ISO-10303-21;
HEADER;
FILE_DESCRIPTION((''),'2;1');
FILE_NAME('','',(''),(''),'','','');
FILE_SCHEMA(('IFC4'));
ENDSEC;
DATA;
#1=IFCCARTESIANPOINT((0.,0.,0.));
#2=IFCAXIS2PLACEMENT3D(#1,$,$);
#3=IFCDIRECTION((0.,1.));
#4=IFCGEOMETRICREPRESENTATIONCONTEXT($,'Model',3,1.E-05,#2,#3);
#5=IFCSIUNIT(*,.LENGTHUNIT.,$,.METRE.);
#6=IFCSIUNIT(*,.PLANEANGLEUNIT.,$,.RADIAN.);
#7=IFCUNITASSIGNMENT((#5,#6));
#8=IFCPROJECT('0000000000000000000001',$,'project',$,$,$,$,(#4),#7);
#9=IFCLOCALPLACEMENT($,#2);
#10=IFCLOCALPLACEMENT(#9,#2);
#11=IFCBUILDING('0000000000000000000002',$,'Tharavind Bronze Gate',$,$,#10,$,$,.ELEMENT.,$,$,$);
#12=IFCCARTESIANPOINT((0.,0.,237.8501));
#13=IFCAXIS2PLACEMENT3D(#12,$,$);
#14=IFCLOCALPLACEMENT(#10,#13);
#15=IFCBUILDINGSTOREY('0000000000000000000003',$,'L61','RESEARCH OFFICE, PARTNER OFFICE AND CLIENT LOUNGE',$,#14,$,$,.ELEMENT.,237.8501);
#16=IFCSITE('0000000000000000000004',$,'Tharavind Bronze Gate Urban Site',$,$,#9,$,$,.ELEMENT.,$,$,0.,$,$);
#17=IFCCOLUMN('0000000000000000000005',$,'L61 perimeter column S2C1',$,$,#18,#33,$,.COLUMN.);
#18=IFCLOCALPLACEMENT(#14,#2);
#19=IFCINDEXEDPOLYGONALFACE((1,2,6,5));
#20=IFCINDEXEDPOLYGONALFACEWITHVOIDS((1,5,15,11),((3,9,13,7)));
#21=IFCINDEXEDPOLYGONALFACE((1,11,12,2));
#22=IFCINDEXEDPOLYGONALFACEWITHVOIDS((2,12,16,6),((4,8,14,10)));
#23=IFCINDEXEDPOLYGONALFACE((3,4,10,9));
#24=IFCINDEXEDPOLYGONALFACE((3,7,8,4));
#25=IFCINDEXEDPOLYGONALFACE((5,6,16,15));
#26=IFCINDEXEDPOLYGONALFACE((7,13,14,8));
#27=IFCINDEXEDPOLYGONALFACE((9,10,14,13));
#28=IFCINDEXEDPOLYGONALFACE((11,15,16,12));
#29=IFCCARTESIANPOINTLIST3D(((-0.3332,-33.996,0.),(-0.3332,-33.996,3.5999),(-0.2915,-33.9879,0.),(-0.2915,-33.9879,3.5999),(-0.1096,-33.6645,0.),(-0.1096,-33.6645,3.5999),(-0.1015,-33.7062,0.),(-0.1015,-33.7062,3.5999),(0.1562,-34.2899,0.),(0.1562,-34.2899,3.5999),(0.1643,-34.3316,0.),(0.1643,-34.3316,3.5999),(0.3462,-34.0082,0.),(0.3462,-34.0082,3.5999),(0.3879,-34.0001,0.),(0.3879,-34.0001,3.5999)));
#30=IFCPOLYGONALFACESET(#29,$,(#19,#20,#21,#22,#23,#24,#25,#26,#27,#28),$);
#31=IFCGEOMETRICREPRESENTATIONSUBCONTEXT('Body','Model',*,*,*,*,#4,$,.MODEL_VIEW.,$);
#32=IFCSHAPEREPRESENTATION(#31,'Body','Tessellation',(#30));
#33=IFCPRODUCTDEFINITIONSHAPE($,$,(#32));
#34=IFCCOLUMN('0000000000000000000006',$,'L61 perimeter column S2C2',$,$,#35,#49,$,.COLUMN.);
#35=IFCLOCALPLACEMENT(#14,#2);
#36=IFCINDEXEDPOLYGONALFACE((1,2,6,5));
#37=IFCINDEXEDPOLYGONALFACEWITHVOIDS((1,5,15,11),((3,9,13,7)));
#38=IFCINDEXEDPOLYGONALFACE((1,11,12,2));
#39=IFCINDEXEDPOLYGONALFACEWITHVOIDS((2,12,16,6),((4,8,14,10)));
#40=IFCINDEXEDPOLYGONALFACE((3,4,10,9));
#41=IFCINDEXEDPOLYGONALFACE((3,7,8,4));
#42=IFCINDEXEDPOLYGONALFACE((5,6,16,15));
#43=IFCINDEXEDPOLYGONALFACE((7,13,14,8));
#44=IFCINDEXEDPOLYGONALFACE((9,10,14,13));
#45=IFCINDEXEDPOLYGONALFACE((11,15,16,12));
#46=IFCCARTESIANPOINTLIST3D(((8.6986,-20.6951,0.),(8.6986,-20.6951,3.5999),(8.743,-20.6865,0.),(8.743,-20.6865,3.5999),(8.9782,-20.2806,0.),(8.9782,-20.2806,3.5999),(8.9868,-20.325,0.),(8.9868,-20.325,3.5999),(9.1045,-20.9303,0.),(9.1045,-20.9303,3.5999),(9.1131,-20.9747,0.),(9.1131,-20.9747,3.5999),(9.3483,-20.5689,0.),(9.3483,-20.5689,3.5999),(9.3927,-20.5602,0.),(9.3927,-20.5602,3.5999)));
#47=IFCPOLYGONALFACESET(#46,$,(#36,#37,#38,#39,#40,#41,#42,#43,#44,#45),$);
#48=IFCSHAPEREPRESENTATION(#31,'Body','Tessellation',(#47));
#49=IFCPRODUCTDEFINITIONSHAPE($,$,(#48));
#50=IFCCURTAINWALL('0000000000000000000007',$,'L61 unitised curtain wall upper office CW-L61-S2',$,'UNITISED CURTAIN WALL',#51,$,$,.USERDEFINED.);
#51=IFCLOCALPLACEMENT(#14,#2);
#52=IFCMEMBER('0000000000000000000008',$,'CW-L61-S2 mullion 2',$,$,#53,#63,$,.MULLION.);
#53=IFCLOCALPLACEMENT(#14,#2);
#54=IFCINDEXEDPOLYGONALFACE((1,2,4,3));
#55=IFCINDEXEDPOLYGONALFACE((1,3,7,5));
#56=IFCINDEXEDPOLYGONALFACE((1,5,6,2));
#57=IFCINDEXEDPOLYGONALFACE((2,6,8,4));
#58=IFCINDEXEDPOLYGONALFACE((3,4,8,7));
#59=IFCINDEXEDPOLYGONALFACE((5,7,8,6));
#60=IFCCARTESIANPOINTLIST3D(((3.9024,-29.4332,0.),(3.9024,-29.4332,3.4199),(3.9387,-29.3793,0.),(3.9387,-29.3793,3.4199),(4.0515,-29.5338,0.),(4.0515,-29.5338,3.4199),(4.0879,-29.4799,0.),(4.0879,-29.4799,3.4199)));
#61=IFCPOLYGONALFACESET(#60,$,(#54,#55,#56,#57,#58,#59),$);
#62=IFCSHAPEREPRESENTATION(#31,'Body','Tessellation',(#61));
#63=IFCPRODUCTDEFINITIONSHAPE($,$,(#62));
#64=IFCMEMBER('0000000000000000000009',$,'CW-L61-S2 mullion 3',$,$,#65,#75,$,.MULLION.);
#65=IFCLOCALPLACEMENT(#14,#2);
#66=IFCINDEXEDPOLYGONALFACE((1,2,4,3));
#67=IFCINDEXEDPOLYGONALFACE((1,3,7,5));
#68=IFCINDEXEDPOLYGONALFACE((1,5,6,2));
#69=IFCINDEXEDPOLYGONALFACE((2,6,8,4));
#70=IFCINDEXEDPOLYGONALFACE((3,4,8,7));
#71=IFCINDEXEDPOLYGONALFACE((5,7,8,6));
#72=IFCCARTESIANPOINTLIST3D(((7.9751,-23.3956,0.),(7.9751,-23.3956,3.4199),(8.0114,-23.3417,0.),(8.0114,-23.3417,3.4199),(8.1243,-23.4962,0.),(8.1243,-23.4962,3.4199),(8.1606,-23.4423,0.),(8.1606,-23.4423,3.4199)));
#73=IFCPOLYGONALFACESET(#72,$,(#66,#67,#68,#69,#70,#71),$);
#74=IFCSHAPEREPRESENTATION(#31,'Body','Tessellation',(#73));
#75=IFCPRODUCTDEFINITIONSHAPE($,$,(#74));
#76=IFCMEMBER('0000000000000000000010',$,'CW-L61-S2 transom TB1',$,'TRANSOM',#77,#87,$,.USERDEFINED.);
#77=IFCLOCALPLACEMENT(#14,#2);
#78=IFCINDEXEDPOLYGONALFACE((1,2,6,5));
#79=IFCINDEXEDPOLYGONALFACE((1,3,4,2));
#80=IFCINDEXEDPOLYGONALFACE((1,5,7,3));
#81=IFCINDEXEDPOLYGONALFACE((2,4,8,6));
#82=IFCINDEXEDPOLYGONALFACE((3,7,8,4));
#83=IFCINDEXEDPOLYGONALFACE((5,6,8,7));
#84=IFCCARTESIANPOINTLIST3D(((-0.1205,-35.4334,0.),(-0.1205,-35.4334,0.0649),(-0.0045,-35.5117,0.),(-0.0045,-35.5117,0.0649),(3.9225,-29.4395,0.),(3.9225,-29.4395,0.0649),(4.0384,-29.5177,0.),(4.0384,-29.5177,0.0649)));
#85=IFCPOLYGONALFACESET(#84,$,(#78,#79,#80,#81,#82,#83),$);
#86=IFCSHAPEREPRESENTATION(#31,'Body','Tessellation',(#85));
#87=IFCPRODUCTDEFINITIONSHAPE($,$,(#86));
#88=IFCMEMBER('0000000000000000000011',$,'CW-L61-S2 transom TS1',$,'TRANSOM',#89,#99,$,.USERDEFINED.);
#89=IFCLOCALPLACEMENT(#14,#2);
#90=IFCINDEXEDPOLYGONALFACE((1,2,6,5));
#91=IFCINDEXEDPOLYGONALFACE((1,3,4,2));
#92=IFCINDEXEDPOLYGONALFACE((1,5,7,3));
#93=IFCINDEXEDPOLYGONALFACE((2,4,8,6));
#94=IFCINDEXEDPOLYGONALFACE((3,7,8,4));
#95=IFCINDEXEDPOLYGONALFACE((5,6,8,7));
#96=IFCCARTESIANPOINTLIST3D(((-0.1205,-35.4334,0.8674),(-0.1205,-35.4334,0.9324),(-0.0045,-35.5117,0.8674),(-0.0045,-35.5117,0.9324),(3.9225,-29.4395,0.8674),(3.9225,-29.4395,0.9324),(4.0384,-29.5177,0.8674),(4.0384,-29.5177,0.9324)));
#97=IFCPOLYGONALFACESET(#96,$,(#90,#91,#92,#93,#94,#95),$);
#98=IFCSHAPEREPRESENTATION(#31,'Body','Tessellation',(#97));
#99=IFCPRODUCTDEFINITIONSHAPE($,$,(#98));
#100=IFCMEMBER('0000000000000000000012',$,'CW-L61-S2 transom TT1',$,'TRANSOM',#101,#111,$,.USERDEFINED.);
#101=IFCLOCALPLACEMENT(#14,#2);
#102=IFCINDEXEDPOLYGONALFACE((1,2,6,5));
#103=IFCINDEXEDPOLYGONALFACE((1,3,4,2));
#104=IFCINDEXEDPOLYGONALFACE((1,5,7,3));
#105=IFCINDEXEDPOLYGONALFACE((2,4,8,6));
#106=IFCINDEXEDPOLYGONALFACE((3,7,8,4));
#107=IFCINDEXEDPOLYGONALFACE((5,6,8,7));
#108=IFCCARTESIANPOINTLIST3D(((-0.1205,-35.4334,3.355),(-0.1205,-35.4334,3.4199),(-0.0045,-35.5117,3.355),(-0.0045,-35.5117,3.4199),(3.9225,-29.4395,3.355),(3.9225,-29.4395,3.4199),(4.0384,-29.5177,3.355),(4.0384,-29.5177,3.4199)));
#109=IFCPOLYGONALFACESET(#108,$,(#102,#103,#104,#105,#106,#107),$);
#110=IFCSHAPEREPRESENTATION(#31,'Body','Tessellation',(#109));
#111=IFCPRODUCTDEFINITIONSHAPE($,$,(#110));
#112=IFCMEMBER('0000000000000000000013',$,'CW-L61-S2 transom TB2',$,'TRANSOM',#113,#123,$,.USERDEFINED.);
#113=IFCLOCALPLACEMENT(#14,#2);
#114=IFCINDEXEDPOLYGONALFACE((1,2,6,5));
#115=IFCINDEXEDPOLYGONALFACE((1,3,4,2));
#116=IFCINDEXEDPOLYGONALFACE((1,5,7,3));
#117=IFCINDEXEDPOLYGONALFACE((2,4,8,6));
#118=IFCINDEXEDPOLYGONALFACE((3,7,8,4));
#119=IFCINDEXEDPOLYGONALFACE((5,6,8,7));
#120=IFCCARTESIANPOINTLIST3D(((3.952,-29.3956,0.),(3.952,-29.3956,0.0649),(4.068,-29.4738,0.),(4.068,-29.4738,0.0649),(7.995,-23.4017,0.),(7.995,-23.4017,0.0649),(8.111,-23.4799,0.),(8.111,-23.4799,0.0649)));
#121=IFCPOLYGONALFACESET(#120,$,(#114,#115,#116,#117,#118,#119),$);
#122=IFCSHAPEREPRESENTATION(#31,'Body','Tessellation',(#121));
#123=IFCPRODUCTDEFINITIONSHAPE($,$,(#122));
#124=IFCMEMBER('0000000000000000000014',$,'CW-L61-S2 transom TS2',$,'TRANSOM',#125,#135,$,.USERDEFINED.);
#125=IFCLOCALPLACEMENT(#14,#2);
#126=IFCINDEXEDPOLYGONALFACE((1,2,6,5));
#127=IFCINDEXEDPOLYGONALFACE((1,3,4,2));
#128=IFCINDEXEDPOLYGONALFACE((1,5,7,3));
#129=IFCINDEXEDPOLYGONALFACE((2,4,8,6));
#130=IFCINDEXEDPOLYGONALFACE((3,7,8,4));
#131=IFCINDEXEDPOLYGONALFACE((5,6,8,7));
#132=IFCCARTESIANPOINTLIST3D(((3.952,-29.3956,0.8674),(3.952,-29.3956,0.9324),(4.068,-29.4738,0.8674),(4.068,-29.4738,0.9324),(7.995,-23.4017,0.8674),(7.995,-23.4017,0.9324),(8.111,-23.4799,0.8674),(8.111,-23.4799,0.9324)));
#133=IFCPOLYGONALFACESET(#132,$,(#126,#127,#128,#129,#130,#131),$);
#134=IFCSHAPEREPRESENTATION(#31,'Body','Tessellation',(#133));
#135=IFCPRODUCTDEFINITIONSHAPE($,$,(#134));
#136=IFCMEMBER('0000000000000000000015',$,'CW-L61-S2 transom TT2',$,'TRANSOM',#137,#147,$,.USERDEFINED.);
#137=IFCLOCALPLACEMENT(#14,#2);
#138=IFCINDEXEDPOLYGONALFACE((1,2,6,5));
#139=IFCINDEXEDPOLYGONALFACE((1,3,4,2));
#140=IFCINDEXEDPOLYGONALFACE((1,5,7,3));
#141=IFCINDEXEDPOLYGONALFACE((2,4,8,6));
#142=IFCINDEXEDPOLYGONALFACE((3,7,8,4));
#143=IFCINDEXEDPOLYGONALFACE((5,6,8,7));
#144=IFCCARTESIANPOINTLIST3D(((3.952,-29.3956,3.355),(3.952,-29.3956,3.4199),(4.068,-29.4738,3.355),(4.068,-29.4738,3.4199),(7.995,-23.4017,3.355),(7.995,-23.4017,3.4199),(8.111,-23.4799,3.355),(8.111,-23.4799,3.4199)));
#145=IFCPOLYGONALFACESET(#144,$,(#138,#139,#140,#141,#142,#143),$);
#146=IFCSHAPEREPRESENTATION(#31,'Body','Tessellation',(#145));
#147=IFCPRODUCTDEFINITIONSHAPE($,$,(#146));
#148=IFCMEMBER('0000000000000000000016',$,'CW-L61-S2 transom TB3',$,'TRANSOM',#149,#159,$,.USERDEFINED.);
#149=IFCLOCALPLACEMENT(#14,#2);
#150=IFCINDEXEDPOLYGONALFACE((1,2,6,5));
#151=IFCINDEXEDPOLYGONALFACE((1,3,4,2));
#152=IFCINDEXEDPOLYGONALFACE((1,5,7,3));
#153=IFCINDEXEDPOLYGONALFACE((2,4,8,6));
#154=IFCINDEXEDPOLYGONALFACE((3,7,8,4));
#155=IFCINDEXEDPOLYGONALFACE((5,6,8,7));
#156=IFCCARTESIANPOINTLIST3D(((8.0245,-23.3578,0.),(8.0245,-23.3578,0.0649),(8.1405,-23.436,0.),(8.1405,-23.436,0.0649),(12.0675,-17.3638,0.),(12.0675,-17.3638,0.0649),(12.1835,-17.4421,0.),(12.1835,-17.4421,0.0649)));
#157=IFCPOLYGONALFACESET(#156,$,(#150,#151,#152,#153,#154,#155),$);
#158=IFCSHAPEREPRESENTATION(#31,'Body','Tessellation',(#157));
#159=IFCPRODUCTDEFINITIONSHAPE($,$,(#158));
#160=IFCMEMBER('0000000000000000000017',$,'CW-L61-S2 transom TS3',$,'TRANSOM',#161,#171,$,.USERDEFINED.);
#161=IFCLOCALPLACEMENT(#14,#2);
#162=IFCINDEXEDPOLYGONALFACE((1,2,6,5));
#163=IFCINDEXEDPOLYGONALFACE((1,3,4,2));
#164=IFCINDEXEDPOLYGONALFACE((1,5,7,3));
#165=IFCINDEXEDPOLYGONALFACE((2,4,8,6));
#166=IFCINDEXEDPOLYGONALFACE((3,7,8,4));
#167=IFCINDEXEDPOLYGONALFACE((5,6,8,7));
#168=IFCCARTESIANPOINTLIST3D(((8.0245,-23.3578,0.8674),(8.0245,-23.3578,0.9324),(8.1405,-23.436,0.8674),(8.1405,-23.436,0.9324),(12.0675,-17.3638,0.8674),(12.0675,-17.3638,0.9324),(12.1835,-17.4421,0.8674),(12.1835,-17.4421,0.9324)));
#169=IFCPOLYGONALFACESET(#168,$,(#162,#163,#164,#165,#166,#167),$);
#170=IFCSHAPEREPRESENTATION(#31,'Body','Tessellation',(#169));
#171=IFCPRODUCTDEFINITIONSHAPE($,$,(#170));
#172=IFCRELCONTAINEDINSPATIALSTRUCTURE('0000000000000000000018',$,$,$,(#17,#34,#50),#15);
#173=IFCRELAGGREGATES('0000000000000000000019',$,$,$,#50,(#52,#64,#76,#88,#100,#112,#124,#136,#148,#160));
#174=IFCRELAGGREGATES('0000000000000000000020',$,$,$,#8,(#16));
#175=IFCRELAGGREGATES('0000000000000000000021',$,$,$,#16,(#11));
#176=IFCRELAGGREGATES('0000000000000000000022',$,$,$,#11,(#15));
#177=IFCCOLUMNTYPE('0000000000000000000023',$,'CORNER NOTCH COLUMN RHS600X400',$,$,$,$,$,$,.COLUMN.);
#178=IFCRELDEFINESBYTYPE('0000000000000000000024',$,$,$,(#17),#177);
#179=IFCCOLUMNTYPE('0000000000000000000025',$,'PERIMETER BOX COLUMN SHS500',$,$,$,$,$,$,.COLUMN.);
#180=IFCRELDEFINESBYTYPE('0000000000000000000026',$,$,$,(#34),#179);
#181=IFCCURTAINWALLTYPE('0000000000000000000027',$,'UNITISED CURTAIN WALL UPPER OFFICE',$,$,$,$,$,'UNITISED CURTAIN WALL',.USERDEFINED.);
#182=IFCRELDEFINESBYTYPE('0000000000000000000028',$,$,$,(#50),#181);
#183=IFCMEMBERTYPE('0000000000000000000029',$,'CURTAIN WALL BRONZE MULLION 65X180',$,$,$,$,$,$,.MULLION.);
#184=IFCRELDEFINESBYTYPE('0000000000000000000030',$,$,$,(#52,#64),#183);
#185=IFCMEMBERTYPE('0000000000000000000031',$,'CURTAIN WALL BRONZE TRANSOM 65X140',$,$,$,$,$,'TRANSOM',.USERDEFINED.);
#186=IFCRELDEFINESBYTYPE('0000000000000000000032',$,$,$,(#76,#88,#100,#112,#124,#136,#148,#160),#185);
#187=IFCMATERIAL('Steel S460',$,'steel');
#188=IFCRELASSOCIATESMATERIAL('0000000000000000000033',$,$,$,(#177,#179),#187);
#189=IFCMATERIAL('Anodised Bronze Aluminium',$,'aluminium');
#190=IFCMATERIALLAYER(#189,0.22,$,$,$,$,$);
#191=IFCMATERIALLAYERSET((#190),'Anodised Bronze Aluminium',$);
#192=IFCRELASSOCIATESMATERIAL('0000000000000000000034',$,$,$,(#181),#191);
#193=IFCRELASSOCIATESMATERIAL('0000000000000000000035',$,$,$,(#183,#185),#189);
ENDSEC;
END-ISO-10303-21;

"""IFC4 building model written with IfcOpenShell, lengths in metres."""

from ifc_helpers import new_model, si_unit, direction, frame, origin, origin_2d, place, context, subcontext, project, spatial, rectangle, hollow_rectangle, extrude, material, layer, layer_set, material_profile, profile_set, type_object, element, aggregate, save


model = new_model("IFC4")

# Units and contexts
model_context = context("Model", 3, precision=1e-05, world=origin(), true_north=direction((0.0, 1.0)))
body_context = subcontext(model_context, "Body", "Model", "MODEL_VIEW")
ifc_project = project(units=[si_unit("LENGTHUNIT", "METRE"), si_unit("PLANEANGLEUNIT", "RADIAN")], contexts=[model_context])

# Site, building, storey
site_placement = place(None, origin())
site = spatial("IfcSite", under=ifc_project, at=site_placement, Name="Tharavind Bronze Gate Urban Site", CompositionType="ELEMENT", RefElevation=0.0)
building_placement = place(site_placement, origin())
building = spatial("IfcBuilding", under=site, at=building_placement, Name="Tharavind Bronze Gate", CompositionType="ELEMENT")
storey_placement = place(building_placement, frame((0.0, 0.0, 237.8501)))
storey = spatial("IfcBuildingStorey", under=building, at=storey_placement, Name="L61", Description="RESEARCH OFFICE, PARTNER OFFICE AND CLIENT LOUNGE", CompositionType="ELEMENT", Elevation=237.8501)

# Columns
ifc_material_1 = material(Name="Steel S460", Category="steel")
ifc_material_profile_1 = material_profile(ifc_material_1, hollow_rectangle(XDim=0.3999, YDim=0.6001, WallThickness=0.03, at=origin_2d()), Name="RHS600X400X30")
ifc_profile_set_1 = profile_set([ifc_material_profile_1], Name="Steel S460")
column_type_1 = type_object("IfcColumnType", Name="CORNER NOTCH COLUMN RHS600X400", PredefinedType="COLUMN", material=ifc_profile_set_1)
column_1_placement = place(storey_placement, frame((0.0273, -33.998, 0.0), z_axis=(0.0, 0.0, 1.0), x_axis=(0.559194, 0.829037, 0.0)))
element("IfcColumn", 1, at=column_1_placement, inside=storey, type_object=column_type_1, Name="L61 perimeter column S2C1", PredefinedType="COLUMN", context=body_context, shape_type="SweptSolid", body=[
    extrude(hollow_rectangle(XDim=0.3999, YDim=0.6001, WallThickness=0.03, at=origin_2d()), origin(), (0.0, 0.0, 1.0), 3.5999),
])
ifc_material_profile_2 = material_profile(ifc_material_1, hollow_rectangle(XDim=0.5, YDim=0.5, WallThickness=0.032, at=origin_2d()), Name="SHS500X32")
ifc_profile_set_2 = profile_set([ifc_material_profile_2], Name="Steel S460")
column_type_2 = type_object("IfcColumnType", Name="PERIMETER BOX COLUMN SHS500", PredefinedType="COLUMN", material=ifc_profile_set_2)
column_2_placement = place(storey_placement, frame((9.0457, -20.6277, 0.0), z_axis=(0.0, 0.0, 1.0), x_axis=(0.559194, 0.829037, 0.0)))
element("IfcColumn", 2, at=column_2_placement, inside=storey, type_object=column_type_2, Name="L61 perimeter column S2C2", PredefinedType="COLUMN", context=body_context, shape_type="SweptSolid", body=[
    extrude(hollow_rectangle(XDim=0.5, YDim=0.5, WallThickness=0.032, at=origin_2d()), origin(), (0.0, 0.0, 1.0), 3.5999),
])

# Curtain wall, members
ifc_material_2 = material(Name="Anodised Bronze Aluminium", Category="aluminium")
ifc_layer_1 = layer(ifc_material_2, 0.22)
ifc_layer_set_1 = layer_set([ifc_layer_1], Name="Anodised Bronze Aluminium")
curtain_wall_type = type_object("IfcCurtainWallType", Name="UNITISED CURTAIN WALL UPPER OFFICE", ElementType="UNITISED CURTAIN WALL", PredefinedType="USERDEFINED", material=ifc_layer_set_1)
curtain_wall_placement = place(storey_placement, origin())
curtain_wall = element("IfcCurtainWall", 3, at=curtain_wall_placement, inside=storey, type_object=curtain_wall_type, Name="L61 unitised curtain wall upper office CW-L61-S2", ObjectType="UNITISED CURTAIN WALL", PredefinedType="USERDEFINED")
member_type_1 = type_object("IfcMemberType", Name="CURTAIN WALL BRONZE MULLION 65X180", PredefinedType="MULLION", material=ifc_material_2)
member_1_placement = place(storey_placement, frame((3.9951, -29.4565, 0.0), z_axis=(0.0, 0.0, 1.0), x_axis=(0.559193, 0.829038, 0.0)))
member_1 = element("IfcMember", 4, at=member_1_placement, type_object=member_type_1, Name="CW-L61-S2 mullion 2", PredefinedType="MULLION", context=body_context, shape_type="SweptSolid", body=[
    extrude(rectangle(XDim=0.0649, YDim=0.1799, at=origin_2d()), origin(), (0.0, 0.0, 1.0), 3.4199),
])
member_2_placement = place(storey_placement, frame((8.0679, -23.4189, 0.0), z_axis=(0.0, 0.0, 1.0), x_axis=(0.559193, 0.829038, 0.0)))
member_2 = element("IfcMember", 5, at=member_2_placement, type_object=member_type_1, Name="CW-L61-S2 mullion 3", PredefinedType="MULLION", context=body_context, shape_type="SweptSolid", body=[
    extrude(rectangle(XDim=0.0649, YDim=0.1799, at=origin_2d()), origin(), (0.0, 0.0, 1.0), 3.4199),
])
member_type_2 = type_object("IfcMemberType", Name="CURTAIN WALL BRONZE TRANSOM 65X140", ElementType="TRANSOM", PredefinedType="USERDEFINED", material=ifc_material_2)
member_3_placement = place(storey_placement, frame((1.959, -32.4756, 0.0), z_axis=(0.0, 0.0, 1.0), x_axis=(0.559193, 0.829038, 0.0)))
member_3 = element("IfcMember", 6, at=member_3_placement, type_object=member_type_2, Name="CW-L61-S2 transom TB1", ObjectType="TRANSOM", PredefinedType="USERDEFINED", context=body_context, shape_type="SweptSolid", body=[
    extrude(rectangle(XDim=7.23, YDim=0.1399, at=origin_2d()), origin(), (0.0, 0.0, 1.0), 0.0649),
])
member_4_placement = place(storey_placement, frame((1.959, -32.4756, 0.8674), z_axis=(0.0, 0.0, 1.0), x_axis=(0.559193, 0.829038, 0.0)))
member_4 = element("IfcMember", 7, at=member_4_placement, type_object=member_type_2, Name="CW-L61-S2 transom TS1", ObjectType="TRANSOM", PredefinedType="USERDEFINED", context=body_context, shape_type="SweptSolid", body=[
    extrude(rectangle(XDim=7.23, YDim=0.1399, at=origin_2d()), origin(), (0.0, 0.0, 1.0), 0.0649),
])
member_5_placement = place(storey_placement, frame((1.959, -32.4756, 3.355), z_axis=(0.0, 0.0, 1.0), x_axis=(0.559193, 0.829038, 0.0)))
member_5 = element("IfcMember", 8, at=member_5_placement, type_object=member_type_2, Name="CW-L61-S2 transom TT1", ObjectType="TRANSOM", PredefinedType="USERDEFINED", context=body_context, shape_type="SweptSolid", body=[
    extrude(rectangle(XDim=7.23, YDim=0.1399, at=origin_2d()), origin(), (0.0, 0.0, 1.0), 0.0649),
])
member_6_placement = place(storey_placement, frame((6.0315, -26.4377, 0.0), z_axis=(0.0, 0.0, 1.0), x_axis=(0.559193, 0.829038, 0.0)))
member_6 = element("IfcMember", 9, at=member_6_placement, type_object=member_type_2, Name="CW-L61-S2 transom TB2", ObjectType="TRANSOM", PredefinedType="USERDEFINED", context=body_context, shape_type="SweptSolid", body=[
    extrude(rectangle(XDim=7.23, YDim=0.1399, at=origin_2d()), origin(), (0.0, 0.0, 1.0), 0.0649),
])
member_7_placement = place(storey_placement, frame((6.0315, -26.4377, 0.8674), z_axis=(0.0, 0.0, 1.0), x_axis=(0.559193, 0.829038, 0.0)))
member_7 = element("IfcMember", 10, at=member_7_placement, type_object=member_type_2, Name="CW-L61-S2 transom TS2", ObjectType="TRANSOM", PredefinedType="USERDEFINED", context=body_context, shape_type="SweptSolid", body=[
    extrude(rectangle(XDim=7.23, YDim=0.1399, at=origin_2d()), origin(), (0.0, 0.0, 1.0), 0.0649),
])
member_8_placement = place(storey_placement, frame((6.0315, -26.4377, 3.355), z_axis=(0.0, 0.0, 1.0), x_axis=(0.559193, 0.829038, 0.0)))
member_8 = element("IfcMember", 11, at=member_8_placement, type_object=member_type_2, Name="CW-L61-S2 transom TT2", ObjectType="TRANSOM", PredefinedType="USERDEFINED", context=body_context, shape_type="SweptSolid", body=[
    extrude(rectangle(XDim=7.23, YDim=0.1399, at=origin_2d()), origin(), (0.0, 0.0, 1.0), 0.0649),
])
member_9_placement = place(storey_placement, frame((10.104, -20.3999, 0.0), z_axis=(0.0, 0.0, 1.0), x_axis=(0.559193, 0.829038, 0.0)))
member_9 = element("IfcMember", 12, at=member_9_placement, type_object=member_type_2, Name="CW-L61-S2 transom TB3", ObjectType="TRANSOM", PredefinedType="USERDEFINED", context=body_context, shape_type="SweptSolid", body=[
    extrude(rectangle(XDim=7.23, YDim=0.1399, at=origin_2d()), origin(), (0.0, 0.0, 1.0), 0.0649),
])
member_10_placement = place(storey_placement, frame((10.104, -20.3999, 0.8674), z_axis=(0.0, 0.0, 1.0), x_axis=(0.559193, 0.829038, 0.0)))
member_10 = element("IfcMember", 13, at=member_10_placement, type_object=member_type_2, Name="CW-L61-S2 transom TS3", ObjectType="TRANSOM", PredefinedType="USERDEFINED", context=body_context, shape_type="SweptSolid", body=[
    extrude(rectangle(XDim=7.23, YDim=0.1399, at=origin_2d()), origin(), (0.0, 0.0, 1.0), 0.0649),
])

aggregate(curtain_wall, [member_1, member_2, member_3, member_4, member_5, member_6, member_7, member_8, member_9, member_10])

save(model, "model.ifc")
